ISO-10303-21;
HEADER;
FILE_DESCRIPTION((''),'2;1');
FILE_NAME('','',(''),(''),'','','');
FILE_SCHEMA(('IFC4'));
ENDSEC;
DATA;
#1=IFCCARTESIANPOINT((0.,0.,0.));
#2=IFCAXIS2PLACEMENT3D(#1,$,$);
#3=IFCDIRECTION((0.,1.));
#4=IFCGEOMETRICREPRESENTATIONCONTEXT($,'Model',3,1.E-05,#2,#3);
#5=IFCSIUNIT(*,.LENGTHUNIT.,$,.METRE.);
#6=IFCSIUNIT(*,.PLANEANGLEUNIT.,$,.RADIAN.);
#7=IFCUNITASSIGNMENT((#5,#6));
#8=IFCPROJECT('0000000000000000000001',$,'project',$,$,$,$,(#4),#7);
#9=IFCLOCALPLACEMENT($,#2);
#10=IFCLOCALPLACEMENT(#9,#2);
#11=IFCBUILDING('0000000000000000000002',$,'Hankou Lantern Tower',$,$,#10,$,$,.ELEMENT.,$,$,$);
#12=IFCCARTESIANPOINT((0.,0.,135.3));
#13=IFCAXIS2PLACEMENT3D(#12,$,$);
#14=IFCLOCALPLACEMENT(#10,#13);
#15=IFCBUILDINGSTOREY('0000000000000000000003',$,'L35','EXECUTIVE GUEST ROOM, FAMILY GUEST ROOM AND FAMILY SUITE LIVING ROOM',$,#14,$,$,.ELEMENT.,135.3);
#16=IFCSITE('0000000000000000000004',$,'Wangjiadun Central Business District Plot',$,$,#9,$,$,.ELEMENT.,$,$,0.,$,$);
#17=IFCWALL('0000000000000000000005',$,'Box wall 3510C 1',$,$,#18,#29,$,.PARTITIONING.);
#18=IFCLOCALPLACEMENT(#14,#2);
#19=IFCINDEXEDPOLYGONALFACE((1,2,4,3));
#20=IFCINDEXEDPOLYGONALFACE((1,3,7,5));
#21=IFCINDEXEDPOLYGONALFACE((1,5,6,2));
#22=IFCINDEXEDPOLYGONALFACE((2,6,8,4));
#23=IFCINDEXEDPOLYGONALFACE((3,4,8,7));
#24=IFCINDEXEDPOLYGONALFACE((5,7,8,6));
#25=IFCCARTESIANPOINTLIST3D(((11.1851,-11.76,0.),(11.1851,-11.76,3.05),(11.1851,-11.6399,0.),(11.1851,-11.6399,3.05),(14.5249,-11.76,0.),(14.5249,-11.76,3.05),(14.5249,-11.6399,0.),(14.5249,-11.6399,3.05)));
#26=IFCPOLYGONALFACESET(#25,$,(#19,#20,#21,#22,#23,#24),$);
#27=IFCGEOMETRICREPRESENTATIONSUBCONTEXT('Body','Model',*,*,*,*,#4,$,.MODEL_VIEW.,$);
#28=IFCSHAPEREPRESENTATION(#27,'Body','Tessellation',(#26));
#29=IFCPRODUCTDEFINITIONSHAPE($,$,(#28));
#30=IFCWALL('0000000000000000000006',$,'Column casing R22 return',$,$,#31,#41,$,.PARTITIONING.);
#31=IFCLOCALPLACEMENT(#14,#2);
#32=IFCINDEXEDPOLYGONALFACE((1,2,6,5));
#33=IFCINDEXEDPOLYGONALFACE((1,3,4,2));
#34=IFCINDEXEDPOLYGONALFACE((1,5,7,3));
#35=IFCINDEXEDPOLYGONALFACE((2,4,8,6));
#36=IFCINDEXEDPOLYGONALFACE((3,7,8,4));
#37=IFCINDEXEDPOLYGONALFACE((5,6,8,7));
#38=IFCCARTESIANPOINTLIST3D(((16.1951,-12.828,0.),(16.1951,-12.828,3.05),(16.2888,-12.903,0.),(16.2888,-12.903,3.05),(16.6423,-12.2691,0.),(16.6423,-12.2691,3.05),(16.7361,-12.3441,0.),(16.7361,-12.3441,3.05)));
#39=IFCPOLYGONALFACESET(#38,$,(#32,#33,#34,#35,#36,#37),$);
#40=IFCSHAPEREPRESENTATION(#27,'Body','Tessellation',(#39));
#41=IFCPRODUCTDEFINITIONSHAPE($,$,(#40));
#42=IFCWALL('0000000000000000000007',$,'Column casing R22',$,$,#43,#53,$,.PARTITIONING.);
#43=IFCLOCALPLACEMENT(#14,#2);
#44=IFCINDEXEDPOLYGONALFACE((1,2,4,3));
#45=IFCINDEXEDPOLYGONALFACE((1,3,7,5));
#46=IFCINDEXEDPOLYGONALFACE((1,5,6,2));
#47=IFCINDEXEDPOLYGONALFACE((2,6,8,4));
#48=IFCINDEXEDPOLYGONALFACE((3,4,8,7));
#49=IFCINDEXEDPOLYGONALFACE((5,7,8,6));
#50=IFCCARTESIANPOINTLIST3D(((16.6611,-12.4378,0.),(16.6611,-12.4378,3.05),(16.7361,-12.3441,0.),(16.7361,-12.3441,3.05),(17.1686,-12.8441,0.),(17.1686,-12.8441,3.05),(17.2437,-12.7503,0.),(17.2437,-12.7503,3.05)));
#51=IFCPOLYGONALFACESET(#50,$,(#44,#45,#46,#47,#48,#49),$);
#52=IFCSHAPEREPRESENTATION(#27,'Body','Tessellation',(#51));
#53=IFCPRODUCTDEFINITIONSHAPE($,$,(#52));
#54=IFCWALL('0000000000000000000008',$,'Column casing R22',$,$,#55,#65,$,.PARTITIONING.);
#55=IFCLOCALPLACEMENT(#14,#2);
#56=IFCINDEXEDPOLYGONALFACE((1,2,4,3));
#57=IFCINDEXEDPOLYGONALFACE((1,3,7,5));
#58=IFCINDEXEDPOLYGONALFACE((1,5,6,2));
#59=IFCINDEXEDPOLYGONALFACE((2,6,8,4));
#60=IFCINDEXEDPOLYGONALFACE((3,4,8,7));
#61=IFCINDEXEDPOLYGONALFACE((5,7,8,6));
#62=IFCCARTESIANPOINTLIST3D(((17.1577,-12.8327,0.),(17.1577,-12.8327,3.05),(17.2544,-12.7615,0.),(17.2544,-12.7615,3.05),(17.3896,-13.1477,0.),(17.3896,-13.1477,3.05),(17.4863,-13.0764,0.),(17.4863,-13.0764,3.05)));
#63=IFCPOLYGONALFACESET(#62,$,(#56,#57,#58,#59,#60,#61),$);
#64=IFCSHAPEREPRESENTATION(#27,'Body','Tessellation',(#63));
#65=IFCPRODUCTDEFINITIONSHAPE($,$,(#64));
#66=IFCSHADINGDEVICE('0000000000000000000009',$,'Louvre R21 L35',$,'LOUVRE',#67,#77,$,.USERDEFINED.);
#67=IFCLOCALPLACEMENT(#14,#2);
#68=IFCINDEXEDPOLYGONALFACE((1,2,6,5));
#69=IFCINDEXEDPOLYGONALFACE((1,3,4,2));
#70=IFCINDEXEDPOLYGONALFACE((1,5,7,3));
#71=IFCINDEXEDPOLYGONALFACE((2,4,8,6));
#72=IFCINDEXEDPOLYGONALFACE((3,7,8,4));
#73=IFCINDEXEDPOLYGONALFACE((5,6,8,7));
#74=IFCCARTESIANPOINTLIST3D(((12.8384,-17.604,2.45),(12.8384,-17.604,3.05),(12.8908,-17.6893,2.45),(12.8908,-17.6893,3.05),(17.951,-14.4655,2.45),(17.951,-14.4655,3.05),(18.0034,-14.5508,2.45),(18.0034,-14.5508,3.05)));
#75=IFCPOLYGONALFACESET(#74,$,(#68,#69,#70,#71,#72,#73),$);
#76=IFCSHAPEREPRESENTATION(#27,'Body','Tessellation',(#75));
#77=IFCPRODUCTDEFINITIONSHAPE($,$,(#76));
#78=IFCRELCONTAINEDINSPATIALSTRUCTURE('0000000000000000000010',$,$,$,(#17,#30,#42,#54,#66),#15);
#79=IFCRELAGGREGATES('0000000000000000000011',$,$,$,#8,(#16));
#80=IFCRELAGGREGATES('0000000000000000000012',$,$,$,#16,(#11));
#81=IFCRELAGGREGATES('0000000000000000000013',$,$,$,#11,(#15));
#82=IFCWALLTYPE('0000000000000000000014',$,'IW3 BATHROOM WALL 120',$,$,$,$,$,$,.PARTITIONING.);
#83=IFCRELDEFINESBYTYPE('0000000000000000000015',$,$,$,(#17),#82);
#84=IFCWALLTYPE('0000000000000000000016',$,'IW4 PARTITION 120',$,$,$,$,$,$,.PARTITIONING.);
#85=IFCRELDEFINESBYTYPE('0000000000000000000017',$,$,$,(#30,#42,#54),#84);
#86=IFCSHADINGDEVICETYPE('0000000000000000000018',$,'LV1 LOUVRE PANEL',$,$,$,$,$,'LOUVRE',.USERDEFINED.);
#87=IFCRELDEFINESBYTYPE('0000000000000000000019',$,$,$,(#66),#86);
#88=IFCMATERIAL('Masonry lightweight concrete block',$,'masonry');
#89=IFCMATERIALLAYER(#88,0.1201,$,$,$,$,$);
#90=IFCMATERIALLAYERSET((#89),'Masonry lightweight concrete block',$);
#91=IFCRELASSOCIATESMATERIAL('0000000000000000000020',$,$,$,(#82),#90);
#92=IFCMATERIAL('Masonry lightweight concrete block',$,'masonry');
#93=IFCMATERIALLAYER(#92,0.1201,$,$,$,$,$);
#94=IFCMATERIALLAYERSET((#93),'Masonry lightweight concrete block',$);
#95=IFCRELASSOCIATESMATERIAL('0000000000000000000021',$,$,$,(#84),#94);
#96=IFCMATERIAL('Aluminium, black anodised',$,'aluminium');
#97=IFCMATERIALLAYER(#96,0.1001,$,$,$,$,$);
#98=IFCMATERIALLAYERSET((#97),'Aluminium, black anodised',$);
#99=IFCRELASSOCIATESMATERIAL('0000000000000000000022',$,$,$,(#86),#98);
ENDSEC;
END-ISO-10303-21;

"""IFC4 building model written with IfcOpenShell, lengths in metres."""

from ifc_helpers import new_model, si_unit, direction, frame, frame_2d, origin, origin_2d, place, context, subcontext, project, spatial, rectangle, extrude, material, layer, layer_set, type_object, element, save


model = new_model("IFC4")

# Units and contexts
model_context = context("Model", 3, precision=1e-05, world=origin(), true_north=direction((0.0, 1.0)))
body_context = subcontext(model_context, "Body", "Model", "MODEL_VIEW")
ifc_project = project(units=[si_unit("LENGTHUNIT", "METRE"), si_unit("PLANEANGLEUNIT", "RADIAN")], contexts=[model_context])

# Site, building, storey
site_placement = place(None, origin())
site = spatial("IfcSite", under=ifc_project, at=site_placement, Name="Wangjiadun Central Business District Plot", CompositionType="ELEMENT", RefElevation=0.0)
building_placement = place(site_placement, origin())
building = spatial("IfcBuilding", under=site, at=building_placement, Name="Hankou Lantern Tower", CompositionType="ELEMENT")
storey_placement = place(building_placement, frame((0.0, 0.0, 135.3)))
storey = spatial("IfcBuildingStorey", under=building, at=storey_placement, Name="L35", Description="EXECUTIVE GUEST ROOM, FAMILY GUEST ROOM AND FAMILY SUITE LIVING ROOM", CompositionType="ELEMENT", Elevation=135.3)

# Walls
ifc_material_1 = material(Name="Masonry lightweight concrete block", Category="masonry")
ifc_layer_1 = layer(ifc_material_1, 0.1201)
ifc_layer_set_1 = layer_set([ifc_layer_1], Name="Masonry lightweight concrete block")
wall_type_1 = type_object("IfcWallType", Name="IW3 BATHROOM WALL 120", PredefinedType="PARTITIONING", material=ifc_layer_set_1)
wall_1_placement = place(storey_placement, frame((14.5249, -11.7, 0.0), z_axis=(0.0, 0.0, 1.0), x_axis=(-1.0, 0.0, 0.0)))
element("IfcWall", 1, at=wall_1_placement, inside=storey, type_object=wall_type_1, Name="Box wall 3510C 1", PredefinedType="PARTITIONING", context=body_context, shape_type="SweptSolid", body=[
    extrude(rectangle(XDim=3.3398, YDim=0.1201, at=frame_2d((1.6699, 0.0))), origin(), (0.0, 0.0, 1.0), 3.05),
])
ifc_material_2 = material(Name="Masonry lightweight concrete block", Category="masonry")
ifc_layer_2 = layer(ifc_material_2, 0.1201)
ifc_layer_set_2 = layer_set([ifc_layer_2], Name="Masonry lightweight concrete block")
wall_type_2 = type_object("IfcWallType", Name="IW4 PARTITION 120", PredefinedType="PARTITIONING", material=ifc_layer_set_2)
wall_2_placement = place(storey_placement, frame((16.2419, -12.8655, 0.0), z_axis=(0.0, 0.0, 1.0), x_axis=(0.624861, 0.780736, 0.0)))
element("IfcWall", 2, at=wall_2_placement, inside=storey, type_object=wall_type_2, Name="Column casing R22 return", PredefinedType="PARTITIONING", context=body_context, shape_type="SweptSolid", body=[
    extrude(rectangle(XDim=0.7158, YDim=0.1201, at=frame_2d((0.3579, 0.0))), origin(), (0.0, 0.0, 1.0), 3.05),
])
wall_3_placement = place(storey_placement, frame((16.6985, -12.3909, 0.0), z_axis=(0.0, 0.0, 1.0), x_axis=(0.780722, -0.624878, 0.0)))
element("IfcWall", 3, at=wall_3_placement, inside=storey, type_object=wall_type_2, Name="Column casing R22", PredefinedType="PARTITIONING", context=body_context, shape_type="SweptSolid", body=[
    extrude(rectangle(XDim=0.6501, YDim=0.1201, at=frame_2d((0.3252, 0.0))), origin(), (0.0, 0.0, 1.0), 3.05),
])
wall_4_placement = place(storey_placement, frame((17.2061, -12.7971, 0.0), z_axis=(0.0, 0.0, 1.0), x_axis=(0.592986, -0.805213, 0.0)))
element("IfcWall", 4, at=wall_4_placement, inside=storey, type_object=wall_type_2, Name="Column casing R22", PredefinedType="PARTITIONING", context=body_context, shape_type="SweptSolid", body=[
    extrude(rectangle(XDim=0.3911, YDim=0.1201, at=frame_2d((0.1956, 0.0))), origin(), (0.0, 0.0, 1.0), 3.05),
])

# Shading device
ifc_material_3 = material(Name="Aluminium, black anodised", Category="aluminium")
ifc_layer_3 = layer(ifc_material_3, 0.1001)
ifc_layer_set_3 = layer_set([ifc_layer_3], Name="Aluminium, black anodised")
shading_device_type = type_object("IfcShadingDeviceType", Name="LV1 LOUVRE PANEL", ElementType="LOUVRE", PredefinedType="USERDEFINED", material=ifc_layer_set_3)
shading_device_placement = place(storey_placement, frame((15.4209, -16.0774, 2.45), z_axis=(0.0, 0.0, 1.0), x_axis=(0.852237, 0.523156, 0.0)))
element("IfcShadingDevice", 5, at=shading_device_placement, inside=storey, type_object=shading_device_type, Name="Louvre R21 L35", ObjectType="LOUVRE", PredefinedType="USERDEFINED", context=body_context, shape_type="SweptSolid", body=[
    extrude(rectangle(XDim=5.999, YDim=0.1001, at=origin_2d()), origin(), (0.0, 0.0, 1.0), 0.6001),
])

save(model, "model.ifc")
